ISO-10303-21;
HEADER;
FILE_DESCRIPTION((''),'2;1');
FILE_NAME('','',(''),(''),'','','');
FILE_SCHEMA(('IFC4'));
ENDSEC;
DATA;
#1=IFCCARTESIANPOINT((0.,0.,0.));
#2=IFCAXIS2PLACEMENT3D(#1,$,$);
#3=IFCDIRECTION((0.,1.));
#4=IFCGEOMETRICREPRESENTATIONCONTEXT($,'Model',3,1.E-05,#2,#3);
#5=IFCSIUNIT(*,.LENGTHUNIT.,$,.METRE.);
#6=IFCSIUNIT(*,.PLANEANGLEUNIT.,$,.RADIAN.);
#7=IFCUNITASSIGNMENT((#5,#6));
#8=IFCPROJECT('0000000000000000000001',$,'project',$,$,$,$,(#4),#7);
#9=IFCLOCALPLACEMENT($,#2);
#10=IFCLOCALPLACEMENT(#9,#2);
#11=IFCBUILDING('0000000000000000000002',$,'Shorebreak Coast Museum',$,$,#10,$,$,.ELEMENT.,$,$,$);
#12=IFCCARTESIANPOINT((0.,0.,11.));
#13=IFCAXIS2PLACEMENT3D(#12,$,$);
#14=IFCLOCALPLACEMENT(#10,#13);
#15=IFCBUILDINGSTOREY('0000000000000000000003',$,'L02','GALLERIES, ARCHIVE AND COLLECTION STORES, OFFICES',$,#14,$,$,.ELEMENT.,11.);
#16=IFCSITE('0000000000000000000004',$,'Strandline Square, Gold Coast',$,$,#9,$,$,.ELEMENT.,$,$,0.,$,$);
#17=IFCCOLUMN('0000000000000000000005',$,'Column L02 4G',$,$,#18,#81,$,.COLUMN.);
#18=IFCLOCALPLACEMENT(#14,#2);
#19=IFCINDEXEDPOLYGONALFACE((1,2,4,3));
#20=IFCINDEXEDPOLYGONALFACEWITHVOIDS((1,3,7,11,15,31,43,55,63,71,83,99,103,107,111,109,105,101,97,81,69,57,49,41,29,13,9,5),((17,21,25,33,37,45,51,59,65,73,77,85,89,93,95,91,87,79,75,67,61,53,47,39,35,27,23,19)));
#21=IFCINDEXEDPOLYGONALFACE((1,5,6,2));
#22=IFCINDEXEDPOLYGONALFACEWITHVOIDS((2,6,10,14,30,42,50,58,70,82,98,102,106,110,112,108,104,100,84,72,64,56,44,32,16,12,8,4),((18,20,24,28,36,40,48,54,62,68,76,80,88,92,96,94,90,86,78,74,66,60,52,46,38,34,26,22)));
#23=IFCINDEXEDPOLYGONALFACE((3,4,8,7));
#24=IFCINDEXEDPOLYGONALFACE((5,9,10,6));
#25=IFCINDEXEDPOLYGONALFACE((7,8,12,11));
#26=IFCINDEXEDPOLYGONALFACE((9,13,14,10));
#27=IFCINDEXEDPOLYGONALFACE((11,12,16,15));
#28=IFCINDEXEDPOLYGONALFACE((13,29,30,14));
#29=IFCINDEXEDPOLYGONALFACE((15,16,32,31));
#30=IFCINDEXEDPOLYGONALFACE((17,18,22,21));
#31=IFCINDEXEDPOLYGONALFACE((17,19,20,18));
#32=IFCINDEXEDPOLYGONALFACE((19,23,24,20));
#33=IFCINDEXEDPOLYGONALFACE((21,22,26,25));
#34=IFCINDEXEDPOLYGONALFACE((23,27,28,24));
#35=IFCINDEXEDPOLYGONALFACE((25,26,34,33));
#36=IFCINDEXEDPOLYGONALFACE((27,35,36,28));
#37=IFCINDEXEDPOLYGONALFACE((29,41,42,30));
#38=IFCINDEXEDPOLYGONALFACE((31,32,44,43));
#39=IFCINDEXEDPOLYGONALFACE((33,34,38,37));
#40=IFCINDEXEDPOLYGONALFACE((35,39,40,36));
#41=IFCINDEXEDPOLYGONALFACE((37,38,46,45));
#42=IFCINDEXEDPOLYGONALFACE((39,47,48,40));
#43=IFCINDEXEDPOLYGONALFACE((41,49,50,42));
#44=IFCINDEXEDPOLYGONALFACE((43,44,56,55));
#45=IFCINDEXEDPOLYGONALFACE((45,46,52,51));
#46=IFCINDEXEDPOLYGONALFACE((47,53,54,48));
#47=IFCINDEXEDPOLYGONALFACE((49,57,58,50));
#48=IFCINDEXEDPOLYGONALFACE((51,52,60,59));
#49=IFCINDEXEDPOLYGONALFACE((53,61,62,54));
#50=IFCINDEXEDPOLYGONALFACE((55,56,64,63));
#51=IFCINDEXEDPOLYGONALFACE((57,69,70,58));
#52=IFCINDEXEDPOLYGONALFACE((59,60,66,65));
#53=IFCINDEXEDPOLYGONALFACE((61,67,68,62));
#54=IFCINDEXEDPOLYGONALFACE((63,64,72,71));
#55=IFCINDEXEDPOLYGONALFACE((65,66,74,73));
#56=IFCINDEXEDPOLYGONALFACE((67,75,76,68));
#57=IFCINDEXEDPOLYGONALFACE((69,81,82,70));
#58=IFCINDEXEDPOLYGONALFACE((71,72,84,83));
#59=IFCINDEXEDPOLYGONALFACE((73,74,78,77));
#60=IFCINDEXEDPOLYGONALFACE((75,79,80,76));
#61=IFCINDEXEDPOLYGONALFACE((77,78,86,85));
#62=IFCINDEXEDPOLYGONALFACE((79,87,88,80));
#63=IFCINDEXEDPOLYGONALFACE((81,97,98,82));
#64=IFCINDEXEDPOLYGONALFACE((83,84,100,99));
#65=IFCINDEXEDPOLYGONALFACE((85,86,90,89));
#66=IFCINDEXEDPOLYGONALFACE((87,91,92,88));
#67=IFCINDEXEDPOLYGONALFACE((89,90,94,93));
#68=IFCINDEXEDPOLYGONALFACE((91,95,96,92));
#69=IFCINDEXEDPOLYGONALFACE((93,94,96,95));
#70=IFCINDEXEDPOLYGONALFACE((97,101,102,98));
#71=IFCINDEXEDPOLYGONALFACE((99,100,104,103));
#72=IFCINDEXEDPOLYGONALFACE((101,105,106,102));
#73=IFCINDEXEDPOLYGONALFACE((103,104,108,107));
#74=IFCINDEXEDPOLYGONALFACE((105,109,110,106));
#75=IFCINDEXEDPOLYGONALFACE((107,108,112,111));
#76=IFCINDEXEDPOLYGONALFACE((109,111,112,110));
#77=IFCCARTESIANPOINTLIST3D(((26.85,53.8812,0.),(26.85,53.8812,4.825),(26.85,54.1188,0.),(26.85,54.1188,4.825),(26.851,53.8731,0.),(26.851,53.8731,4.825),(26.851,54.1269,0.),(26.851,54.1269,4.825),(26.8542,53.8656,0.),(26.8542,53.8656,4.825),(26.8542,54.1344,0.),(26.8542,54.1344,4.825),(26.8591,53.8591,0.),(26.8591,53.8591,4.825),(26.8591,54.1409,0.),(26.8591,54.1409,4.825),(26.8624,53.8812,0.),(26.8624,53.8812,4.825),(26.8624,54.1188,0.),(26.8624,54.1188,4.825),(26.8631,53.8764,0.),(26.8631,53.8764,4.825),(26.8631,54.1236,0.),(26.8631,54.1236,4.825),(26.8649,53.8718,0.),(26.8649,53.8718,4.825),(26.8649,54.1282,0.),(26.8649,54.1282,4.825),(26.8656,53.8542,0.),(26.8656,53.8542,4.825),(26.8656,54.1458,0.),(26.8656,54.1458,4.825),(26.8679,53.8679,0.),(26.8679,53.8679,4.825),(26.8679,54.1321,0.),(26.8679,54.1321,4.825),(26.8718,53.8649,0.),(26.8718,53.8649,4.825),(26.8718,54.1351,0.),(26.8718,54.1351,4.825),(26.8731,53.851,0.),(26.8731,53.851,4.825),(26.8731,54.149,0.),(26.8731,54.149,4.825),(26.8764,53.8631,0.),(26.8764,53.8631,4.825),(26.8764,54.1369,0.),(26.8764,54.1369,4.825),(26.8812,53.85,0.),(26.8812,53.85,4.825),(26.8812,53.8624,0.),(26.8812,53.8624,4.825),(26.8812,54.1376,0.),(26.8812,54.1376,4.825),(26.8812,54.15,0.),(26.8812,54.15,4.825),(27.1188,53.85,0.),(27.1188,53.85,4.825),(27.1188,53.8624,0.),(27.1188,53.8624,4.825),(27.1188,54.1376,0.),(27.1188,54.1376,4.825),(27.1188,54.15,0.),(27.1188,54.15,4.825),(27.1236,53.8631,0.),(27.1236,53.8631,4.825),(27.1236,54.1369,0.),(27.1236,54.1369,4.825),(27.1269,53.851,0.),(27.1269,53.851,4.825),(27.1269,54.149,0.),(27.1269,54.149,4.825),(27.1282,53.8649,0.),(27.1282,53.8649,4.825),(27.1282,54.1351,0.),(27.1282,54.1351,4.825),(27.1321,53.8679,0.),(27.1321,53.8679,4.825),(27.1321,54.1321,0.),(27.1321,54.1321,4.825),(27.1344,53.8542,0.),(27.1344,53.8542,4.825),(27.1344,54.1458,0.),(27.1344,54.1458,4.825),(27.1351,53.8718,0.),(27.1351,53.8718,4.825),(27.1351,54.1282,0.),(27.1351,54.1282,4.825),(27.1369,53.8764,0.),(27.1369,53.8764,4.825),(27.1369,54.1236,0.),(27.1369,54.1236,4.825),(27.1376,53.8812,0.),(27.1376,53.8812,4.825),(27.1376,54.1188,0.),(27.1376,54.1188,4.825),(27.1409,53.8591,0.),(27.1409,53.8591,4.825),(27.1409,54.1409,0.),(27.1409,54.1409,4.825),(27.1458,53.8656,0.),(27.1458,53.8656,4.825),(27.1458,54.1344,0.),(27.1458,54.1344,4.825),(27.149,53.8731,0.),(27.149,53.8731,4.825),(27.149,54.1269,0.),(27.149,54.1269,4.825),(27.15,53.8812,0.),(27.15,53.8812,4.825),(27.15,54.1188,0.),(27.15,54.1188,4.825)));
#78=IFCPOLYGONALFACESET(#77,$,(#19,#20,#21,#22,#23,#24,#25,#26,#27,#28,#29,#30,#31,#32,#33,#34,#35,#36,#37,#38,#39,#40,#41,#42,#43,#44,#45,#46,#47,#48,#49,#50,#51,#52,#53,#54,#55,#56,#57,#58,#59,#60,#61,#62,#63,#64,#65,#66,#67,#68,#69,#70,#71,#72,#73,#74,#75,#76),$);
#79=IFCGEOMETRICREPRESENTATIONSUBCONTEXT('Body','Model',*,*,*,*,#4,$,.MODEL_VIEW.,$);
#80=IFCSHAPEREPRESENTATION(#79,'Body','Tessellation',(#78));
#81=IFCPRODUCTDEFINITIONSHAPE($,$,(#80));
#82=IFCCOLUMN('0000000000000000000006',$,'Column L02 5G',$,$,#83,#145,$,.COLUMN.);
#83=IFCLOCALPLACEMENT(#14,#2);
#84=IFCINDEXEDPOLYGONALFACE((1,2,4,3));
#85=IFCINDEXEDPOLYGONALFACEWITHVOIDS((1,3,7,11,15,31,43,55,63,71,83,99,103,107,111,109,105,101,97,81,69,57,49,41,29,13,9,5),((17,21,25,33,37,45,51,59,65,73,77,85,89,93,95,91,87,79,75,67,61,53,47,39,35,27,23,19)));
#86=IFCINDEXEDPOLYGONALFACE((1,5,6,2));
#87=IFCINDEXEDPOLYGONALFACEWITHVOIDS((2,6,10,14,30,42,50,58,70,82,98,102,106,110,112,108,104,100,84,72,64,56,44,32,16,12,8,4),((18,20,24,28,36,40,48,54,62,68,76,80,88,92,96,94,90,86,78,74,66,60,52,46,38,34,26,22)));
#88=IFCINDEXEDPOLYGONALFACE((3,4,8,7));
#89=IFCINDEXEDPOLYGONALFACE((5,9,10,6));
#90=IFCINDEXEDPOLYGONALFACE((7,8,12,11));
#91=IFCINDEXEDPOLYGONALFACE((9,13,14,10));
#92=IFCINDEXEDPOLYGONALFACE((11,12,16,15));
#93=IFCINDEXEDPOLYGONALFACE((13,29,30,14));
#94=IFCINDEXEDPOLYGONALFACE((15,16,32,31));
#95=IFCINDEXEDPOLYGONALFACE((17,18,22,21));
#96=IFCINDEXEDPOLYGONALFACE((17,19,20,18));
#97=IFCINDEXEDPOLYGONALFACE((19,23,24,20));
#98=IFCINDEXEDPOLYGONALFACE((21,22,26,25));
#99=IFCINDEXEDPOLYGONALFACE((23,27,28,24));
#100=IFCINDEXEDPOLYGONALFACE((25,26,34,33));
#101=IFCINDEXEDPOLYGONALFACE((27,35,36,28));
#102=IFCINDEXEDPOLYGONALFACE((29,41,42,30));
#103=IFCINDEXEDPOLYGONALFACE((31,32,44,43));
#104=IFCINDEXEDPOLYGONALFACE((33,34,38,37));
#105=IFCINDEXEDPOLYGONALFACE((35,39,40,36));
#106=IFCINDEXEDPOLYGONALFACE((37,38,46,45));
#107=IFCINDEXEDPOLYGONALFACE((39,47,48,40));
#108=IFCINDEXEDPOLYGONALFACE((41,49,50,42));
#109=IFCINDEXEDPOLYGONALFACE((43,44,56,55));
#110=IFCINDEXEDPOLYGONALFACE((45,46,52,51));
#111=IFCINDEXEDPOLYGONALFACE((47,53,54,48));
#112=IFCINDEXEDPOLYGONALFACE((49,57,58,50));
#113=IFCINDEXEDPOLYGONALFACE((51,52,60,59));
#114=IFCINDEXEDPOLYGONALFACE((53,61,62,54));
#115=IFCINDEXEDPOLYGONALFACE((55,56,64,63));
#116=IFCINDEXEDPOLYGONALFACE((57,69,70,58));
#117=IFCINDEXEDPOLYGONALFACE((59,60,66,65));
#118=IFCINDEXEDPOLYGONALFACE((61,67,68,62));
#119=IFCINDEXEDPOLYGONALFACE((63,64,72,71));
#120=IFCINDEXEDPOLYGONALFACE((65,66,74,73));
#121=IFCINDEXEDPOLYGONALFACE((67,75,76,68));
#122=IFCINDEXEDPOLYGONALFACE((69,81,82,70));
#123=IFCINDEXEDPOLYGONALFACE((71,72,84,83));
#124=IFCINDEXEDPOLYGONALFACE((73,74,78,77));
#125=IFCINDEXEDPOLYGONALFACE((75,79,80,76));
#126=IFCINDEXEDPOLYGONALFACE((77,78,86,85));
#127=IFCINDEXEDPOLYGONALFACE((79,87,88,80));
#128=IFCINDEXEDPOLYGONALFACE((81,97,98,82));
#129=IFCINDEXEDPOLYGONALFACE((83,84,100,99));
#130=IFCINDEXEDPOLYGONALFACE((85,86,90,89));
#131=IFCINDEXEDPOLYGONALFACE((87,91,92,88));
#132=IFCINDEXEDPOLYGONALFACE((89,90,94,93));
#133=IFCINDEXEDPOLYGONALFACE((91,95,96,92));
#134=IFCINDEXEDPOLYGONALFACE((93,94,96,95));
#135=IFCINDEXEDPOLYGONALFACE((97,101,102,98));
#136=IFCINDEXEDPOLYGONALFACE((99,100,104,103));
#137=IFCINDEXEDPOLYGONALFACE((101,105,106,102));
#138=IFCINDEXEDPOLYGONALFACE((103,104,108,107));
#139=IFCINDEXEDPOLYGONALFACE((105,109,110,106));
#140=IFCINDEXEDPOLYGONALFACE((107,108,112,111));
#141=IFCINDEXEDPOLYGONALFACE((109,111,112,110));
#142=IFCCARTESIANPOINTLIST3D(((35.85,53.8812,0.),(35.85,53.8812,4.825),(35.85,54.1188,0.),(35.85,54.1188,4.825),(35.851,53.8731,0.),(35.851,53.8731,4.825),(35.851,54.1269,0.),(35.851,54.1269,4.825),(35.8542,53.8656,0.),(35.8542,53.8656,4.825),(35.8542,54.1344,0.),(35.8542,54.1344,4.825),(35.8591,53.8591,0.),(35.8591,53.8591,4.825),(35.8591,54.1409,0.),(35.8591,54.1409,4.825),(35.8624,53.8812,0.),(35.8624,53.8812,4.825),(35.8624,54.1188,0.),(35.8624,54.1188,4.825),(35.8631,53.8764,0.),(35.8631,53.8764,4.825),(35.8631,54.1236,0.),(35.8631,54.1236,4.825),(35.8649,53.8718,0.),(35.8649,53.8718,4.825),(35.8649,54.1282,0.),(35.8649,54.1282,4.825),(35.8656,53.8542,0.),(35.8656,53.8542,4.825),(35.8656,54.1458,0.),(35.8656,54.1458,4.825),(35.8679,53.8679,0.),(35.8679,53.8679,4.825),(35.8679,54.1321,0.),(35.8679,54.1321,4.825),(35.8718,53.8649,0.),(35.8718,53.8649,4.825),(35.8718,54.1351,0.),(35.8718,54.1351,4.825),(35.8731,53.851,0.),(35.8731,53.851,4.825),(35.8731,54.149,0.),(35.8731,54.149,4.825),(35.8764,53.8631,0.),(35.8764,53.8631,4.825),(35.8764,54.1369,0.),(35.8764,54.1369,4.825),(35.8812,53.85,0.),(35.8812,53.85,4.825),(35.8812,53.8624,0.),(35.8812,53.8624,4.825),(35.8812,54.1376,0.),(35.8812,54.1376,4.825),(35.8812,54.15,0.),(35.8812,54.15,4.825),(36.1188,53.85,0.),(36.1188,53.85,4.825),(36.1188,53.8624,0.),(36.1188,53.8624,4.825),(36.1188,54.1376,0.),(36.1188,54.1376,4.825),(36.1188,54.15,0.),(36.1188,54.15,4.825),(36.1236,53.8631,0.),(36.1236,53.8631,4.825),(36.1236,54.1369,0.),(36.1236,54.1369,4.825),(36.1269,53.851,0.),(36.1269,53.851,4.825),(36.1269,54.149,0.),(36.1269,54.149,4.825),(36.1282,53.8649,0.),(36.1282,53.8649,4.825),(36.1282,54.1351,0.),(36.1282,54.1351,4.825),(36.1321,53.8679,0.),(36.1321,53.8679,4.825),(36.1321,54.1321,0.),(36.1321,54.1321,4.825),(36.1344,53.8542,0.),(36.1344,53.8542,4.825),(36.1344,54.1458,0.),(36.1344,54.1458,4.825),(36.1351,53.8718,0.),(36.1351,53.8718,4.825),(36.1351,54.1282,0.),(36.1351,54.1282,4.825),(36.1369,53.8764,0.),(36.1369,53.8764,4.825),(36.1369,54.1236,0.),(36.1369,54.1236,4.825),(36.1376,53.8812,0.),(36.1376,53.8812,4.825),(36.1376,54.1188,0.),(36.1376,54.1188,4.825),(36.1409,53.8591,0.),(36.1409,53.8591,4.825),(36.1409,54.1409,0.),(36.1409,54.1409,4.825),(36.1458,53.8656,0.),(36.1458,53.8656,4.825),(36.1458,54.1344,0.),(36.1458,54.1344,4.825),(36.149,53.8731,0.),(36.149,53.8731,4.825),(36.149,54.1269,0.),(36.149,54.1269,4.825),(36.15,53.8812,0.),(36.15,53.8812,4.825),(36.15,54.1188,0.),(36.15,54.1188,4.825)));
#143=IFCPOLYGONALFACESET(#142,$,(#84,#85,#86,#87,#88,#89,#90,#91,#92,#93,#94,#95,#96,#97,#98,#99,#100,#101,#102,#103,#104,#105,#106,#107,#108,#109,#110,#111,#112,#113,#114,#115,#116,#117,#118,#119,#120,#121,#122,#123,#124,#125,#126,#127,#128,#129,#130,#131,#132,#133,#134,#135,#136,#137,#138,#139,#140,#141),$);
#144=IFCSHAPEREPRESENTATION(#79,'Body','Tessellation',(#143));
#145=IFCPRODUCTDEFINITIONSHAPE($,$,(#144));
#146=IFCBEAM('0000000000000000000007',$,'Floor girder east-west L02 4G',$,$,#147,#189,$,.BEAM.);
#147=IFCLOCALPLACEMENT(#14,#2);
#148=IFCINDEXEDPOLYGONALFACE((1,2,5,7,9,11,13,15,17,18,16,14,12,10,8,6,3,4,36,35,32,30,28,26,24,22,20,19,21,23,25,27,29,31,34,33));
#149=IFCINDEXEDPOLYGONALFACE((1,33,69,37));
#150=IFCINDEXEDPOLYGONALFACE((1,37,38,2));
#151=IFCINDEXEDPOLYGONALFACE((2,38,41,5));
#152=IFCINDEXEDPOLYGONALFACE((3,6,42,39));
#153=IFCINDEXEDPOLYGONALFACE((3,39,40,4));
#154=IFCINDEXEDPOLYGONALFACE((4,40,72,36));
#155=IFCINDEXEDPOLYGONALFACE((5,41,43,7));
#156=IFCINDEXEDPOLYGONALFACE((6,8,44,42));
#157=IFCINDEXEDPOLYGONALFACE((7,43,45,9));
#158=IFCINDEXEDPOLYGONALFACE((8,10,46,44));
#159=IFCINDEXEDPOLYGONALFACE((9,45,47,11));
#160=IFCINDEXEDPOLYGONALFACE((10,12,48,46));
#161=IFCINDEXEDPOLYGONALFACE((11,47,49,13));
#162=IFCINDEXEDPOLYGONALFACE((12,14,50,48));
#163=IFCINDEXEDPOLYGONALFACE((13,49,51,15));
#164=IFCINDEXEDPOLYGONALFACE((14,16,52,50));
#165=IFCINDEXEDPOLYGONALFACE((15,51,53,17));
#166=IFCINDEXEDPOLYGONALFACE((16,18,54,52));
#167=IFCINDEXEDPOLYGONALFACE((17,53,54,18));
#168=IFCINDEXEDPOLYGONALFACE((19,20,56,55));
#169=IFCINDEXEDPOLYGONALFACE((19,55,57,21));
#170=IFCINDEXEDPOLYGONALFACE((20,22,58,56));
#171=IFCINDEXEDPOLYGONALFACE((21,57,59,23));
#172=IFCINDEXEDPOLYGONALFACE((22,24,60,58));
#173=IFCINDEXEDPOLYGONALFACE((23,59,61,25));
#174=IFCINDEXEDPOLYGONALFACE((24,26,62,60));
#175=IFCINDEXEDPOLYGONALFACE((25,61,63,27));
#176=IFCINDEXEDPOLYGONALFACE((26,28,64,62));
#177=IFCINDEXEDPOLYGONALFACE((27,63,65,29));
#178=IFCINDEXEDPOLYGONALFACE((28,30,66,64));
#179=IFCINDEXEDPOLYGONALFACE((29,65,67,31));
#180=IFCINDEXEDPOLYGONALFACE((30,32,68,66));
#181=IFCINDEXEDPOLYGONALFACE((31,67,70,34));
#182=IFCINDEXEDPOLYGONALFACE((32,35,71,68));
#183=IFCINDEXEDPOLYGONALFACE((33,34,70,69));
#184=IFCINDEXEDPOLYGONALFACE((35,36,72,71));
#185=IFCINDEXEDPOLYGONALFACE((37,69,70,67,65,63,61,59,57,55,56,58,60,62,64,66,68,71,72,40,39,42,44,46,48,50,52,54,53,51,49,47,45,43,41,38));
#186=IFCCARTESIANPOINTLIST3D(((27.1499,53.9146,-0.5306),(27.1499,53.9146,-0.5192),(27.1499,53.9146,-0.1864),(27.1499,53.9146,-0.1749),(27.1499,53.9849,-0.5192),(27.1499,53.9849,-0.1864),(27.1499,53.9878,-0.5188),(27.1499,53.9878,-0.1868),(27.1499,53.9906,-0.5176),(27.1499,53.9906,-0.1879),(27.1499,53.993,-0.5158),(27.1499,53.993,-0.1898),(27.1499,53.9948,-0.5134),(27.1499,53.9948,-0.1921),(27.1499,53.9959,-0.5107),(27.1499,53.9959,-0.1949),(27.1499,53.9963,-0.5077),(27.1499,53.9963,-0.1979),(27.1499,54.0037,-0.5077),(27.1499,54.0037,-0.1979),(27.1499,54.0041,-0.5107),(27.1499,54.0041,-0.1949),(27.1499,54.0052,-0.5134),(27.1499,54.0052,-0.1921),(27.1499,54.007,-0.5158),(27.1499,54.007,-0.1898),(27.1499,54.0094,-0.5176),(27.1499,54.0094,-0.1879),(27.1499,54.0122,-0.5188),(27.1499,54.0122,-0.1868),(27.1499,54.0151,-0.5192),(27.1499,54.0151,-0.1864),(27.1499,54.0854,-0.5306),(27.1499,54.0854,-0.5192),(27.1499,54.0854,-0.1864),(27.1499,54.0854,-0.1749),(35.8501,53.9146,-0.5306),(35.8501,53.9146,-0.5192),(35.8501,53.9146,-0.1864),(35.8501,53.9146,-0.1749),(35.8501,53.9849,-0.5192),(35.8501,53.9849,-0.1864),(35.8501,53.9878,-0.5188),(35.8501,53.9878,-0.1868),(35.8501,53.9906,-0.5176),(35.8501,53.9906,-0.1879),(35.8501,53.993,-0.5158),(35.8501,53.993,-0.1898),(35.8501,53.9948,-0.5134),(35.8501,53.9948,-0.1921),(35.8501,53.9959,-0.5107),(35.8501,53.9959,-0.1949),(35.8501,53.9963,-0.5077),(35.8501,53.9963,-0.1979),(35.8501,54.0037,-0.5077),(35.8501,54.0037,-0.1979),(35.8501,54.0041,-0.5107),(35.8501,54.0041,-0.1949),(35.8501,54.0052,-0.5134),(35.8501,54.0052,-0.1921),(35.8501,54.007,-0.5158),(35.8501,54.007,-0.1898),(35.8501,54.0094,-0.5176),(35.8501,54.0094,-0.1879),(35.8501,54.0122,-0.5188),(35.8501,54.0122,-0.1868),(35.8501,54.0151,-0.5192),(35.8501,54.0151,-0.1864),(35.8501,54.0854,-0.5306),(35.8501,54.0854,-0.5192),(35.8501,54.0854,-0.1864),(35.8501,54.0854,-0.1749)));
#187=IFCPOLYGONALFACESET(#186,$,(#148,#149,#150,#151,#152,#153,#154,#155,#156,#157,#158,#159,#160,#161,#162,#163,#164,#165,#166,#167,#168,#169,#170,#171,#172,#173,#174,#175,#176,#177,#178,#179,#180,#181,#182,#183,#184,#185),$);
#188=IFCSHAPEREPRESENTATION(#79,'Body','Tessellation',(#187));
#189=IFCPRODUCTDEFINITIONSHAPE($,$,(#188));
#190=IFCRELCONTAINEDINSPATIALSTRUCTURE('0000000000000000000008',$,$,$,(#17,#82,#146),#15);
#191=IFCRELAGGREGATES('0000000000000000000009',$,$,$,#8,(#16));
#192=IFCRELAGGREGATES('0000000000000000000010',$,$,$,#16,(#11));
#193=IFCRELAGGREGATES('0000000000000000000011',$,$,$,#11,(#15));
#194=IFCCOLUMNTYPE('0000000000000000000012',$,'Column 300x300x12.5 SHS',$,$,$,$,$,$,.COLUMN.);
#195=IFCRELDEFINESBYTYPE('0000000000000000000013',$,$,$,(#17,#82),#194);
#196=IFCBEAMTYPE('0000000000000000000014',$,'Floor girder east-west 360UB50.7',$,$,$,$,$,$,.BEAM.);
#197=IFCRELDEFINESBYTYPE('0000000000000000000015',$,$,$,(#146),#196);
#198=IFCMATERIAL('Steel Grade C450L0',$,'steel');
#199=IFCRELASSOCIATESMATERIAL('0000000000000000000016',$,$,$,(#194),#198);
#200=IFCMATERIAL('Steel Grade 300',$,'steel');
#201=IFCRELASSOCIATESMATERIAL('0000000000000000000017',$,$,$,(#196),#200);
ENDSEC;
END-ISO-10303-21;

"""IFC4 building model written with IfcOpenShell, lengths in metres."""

from ifc_helpers import new_model, si_unit, direction, frame, origin, origin_2d, place, context, subcontext, project, spatial, hollow_rectangle, i_section, extrude, material, material_profile, profile_set, type_object, element, save


model = new_model("IFC4")

# Units and contexts
model_context = context("Model", 3, precision=1e-05, world=origin(), true_north=direction((0.0, 1.0)))
body_context = subcontext(model_context, "Body", "Model", "MODEL_VIEW")
ifc_project = project(units=[si_unit("LENGTHUNIT", "METRE"), si_unit("PLANEANGLEUNIT", "RADIAN")], contexts=[model_context])

# Site, building, storey
site_placement = place(None, origin())
site = spatial("IfcSite", under=ifc_project, at=site_placement, Name="Strandline Square, Gold Coast", CompositionType="ELEMENT", RefElevation=0.0)
building_placement = place(site_placement, origin())
building = spatial("IfcBuilding", under=site, at=building_placement, Name="Shorebreak Coast Museum", CompositionType="ELEMENT")
storey_placement = place(building_placement, frame((0.0, 0.0, 11.0)))
storey = spatial("IfcBuildingStorey", under=building, at=storey_placement, Name="L02", Description="GALLERIES, ARCHIVE AND COLLECTION STORES, OFFICES", CompositionType="ELEMENT", Elevation=11.0)

# Columns
ifc_material_1 = material(Name="Steel Grade C450L0", Category="steel")
ifc_material_profile_1 = material_profile(ifc_material_1, hollow_rectangle(XDim=0.3, YDim=0.3, WallThickness=0.0125, InnerFilletRadius=0.0188, OuterFilletRadius=0.0312, at=origin_2d()), Name="300x300x12.5 SHS")
ifc_profile_set_1 = profile_set([ifc_material_profile_1], Name="Steel Grade C450L0")
column_type = type_object("IfcColumnType", Name="Column 300x300x12.5 SHS", PredefinedType="COLUMN", material=ifc_profile_set_1)
for number, where, z_axis, x_axis, name in (
    (1, (27.0, 54.0, 0.0), (0.0, 0.0, 1.0), (1.0, 0.0, 0.0), "Column L02 4G"),
    (2, (36.0, 54.0, 0.0), (0.0, 0.0, 1.0), (1.0, 0.0, 0.0), "Column L02 5G"),
):
    element("IfcColumn", number, at=place(storey_placement, frame(where, z_axis=z_axis, x_axis=x_axis)), inside=storey, type_object=column_type, Name=name, PredefinedType="COLUMN", context=body_context, shape_type="SweptSolid", body=[
        extrude(hollow_rectangle(XDim=0.3, YDim=0.3, WallThickness=0.0125, InnerFilletRadius=0.0188, OuterFilletRadius=0.0312, at=origin_2d()), origin(), (0.0, 0.0, 1.0), 4.825),
    ])

# Beam
ifc_material_2 = material(Name="Steel Grade 300", Category="steel")
ifc_material_profile_2 = material_profile(ifc_material_2, i_section(OverallWidth=0.1709, OverallDepth=0.3557, WebThickness=0.0073, FlangeThickness=0.0115, FilletRadius=0.0115, at=origin_2d()), Name="360UB50.7")
ifc_profile_set_2 = profile_set([ifc_material_profile_2], Name="Steel Grade 300")
beam_type_1 = type_object("IfcBeamType", Name="Floor girder east-west 360UB50.7", PredefinedType="BEAM", material=ifc_profile_set_2)
beam_1_placement = place(storey_placement, frame((27.1499, 54.0, -0.3528), z_axis=(1.0, 0.0, 0.0), x_axis=(0.0, 1.0, 0.0)))
element("IfcBeam", 3, at=beam_1_placement, inside=storey, type_object=beam_type_1, Name="Floor girder east-west L02 4G", PredefinedType="BEAM", context=body_context, shape_type="SweptSolid", body=[
    extrude(i_section(OverallWidth=0.1709, OverallDepth=0.3557, WebThickness=0.0073, FlangeThickness=0.0115, FilletRadius=0.0115, at=origin_2d()), origin(), (0.0, 0.0, 1.0), 8.7002),
])

save(model, "model.ifc")
